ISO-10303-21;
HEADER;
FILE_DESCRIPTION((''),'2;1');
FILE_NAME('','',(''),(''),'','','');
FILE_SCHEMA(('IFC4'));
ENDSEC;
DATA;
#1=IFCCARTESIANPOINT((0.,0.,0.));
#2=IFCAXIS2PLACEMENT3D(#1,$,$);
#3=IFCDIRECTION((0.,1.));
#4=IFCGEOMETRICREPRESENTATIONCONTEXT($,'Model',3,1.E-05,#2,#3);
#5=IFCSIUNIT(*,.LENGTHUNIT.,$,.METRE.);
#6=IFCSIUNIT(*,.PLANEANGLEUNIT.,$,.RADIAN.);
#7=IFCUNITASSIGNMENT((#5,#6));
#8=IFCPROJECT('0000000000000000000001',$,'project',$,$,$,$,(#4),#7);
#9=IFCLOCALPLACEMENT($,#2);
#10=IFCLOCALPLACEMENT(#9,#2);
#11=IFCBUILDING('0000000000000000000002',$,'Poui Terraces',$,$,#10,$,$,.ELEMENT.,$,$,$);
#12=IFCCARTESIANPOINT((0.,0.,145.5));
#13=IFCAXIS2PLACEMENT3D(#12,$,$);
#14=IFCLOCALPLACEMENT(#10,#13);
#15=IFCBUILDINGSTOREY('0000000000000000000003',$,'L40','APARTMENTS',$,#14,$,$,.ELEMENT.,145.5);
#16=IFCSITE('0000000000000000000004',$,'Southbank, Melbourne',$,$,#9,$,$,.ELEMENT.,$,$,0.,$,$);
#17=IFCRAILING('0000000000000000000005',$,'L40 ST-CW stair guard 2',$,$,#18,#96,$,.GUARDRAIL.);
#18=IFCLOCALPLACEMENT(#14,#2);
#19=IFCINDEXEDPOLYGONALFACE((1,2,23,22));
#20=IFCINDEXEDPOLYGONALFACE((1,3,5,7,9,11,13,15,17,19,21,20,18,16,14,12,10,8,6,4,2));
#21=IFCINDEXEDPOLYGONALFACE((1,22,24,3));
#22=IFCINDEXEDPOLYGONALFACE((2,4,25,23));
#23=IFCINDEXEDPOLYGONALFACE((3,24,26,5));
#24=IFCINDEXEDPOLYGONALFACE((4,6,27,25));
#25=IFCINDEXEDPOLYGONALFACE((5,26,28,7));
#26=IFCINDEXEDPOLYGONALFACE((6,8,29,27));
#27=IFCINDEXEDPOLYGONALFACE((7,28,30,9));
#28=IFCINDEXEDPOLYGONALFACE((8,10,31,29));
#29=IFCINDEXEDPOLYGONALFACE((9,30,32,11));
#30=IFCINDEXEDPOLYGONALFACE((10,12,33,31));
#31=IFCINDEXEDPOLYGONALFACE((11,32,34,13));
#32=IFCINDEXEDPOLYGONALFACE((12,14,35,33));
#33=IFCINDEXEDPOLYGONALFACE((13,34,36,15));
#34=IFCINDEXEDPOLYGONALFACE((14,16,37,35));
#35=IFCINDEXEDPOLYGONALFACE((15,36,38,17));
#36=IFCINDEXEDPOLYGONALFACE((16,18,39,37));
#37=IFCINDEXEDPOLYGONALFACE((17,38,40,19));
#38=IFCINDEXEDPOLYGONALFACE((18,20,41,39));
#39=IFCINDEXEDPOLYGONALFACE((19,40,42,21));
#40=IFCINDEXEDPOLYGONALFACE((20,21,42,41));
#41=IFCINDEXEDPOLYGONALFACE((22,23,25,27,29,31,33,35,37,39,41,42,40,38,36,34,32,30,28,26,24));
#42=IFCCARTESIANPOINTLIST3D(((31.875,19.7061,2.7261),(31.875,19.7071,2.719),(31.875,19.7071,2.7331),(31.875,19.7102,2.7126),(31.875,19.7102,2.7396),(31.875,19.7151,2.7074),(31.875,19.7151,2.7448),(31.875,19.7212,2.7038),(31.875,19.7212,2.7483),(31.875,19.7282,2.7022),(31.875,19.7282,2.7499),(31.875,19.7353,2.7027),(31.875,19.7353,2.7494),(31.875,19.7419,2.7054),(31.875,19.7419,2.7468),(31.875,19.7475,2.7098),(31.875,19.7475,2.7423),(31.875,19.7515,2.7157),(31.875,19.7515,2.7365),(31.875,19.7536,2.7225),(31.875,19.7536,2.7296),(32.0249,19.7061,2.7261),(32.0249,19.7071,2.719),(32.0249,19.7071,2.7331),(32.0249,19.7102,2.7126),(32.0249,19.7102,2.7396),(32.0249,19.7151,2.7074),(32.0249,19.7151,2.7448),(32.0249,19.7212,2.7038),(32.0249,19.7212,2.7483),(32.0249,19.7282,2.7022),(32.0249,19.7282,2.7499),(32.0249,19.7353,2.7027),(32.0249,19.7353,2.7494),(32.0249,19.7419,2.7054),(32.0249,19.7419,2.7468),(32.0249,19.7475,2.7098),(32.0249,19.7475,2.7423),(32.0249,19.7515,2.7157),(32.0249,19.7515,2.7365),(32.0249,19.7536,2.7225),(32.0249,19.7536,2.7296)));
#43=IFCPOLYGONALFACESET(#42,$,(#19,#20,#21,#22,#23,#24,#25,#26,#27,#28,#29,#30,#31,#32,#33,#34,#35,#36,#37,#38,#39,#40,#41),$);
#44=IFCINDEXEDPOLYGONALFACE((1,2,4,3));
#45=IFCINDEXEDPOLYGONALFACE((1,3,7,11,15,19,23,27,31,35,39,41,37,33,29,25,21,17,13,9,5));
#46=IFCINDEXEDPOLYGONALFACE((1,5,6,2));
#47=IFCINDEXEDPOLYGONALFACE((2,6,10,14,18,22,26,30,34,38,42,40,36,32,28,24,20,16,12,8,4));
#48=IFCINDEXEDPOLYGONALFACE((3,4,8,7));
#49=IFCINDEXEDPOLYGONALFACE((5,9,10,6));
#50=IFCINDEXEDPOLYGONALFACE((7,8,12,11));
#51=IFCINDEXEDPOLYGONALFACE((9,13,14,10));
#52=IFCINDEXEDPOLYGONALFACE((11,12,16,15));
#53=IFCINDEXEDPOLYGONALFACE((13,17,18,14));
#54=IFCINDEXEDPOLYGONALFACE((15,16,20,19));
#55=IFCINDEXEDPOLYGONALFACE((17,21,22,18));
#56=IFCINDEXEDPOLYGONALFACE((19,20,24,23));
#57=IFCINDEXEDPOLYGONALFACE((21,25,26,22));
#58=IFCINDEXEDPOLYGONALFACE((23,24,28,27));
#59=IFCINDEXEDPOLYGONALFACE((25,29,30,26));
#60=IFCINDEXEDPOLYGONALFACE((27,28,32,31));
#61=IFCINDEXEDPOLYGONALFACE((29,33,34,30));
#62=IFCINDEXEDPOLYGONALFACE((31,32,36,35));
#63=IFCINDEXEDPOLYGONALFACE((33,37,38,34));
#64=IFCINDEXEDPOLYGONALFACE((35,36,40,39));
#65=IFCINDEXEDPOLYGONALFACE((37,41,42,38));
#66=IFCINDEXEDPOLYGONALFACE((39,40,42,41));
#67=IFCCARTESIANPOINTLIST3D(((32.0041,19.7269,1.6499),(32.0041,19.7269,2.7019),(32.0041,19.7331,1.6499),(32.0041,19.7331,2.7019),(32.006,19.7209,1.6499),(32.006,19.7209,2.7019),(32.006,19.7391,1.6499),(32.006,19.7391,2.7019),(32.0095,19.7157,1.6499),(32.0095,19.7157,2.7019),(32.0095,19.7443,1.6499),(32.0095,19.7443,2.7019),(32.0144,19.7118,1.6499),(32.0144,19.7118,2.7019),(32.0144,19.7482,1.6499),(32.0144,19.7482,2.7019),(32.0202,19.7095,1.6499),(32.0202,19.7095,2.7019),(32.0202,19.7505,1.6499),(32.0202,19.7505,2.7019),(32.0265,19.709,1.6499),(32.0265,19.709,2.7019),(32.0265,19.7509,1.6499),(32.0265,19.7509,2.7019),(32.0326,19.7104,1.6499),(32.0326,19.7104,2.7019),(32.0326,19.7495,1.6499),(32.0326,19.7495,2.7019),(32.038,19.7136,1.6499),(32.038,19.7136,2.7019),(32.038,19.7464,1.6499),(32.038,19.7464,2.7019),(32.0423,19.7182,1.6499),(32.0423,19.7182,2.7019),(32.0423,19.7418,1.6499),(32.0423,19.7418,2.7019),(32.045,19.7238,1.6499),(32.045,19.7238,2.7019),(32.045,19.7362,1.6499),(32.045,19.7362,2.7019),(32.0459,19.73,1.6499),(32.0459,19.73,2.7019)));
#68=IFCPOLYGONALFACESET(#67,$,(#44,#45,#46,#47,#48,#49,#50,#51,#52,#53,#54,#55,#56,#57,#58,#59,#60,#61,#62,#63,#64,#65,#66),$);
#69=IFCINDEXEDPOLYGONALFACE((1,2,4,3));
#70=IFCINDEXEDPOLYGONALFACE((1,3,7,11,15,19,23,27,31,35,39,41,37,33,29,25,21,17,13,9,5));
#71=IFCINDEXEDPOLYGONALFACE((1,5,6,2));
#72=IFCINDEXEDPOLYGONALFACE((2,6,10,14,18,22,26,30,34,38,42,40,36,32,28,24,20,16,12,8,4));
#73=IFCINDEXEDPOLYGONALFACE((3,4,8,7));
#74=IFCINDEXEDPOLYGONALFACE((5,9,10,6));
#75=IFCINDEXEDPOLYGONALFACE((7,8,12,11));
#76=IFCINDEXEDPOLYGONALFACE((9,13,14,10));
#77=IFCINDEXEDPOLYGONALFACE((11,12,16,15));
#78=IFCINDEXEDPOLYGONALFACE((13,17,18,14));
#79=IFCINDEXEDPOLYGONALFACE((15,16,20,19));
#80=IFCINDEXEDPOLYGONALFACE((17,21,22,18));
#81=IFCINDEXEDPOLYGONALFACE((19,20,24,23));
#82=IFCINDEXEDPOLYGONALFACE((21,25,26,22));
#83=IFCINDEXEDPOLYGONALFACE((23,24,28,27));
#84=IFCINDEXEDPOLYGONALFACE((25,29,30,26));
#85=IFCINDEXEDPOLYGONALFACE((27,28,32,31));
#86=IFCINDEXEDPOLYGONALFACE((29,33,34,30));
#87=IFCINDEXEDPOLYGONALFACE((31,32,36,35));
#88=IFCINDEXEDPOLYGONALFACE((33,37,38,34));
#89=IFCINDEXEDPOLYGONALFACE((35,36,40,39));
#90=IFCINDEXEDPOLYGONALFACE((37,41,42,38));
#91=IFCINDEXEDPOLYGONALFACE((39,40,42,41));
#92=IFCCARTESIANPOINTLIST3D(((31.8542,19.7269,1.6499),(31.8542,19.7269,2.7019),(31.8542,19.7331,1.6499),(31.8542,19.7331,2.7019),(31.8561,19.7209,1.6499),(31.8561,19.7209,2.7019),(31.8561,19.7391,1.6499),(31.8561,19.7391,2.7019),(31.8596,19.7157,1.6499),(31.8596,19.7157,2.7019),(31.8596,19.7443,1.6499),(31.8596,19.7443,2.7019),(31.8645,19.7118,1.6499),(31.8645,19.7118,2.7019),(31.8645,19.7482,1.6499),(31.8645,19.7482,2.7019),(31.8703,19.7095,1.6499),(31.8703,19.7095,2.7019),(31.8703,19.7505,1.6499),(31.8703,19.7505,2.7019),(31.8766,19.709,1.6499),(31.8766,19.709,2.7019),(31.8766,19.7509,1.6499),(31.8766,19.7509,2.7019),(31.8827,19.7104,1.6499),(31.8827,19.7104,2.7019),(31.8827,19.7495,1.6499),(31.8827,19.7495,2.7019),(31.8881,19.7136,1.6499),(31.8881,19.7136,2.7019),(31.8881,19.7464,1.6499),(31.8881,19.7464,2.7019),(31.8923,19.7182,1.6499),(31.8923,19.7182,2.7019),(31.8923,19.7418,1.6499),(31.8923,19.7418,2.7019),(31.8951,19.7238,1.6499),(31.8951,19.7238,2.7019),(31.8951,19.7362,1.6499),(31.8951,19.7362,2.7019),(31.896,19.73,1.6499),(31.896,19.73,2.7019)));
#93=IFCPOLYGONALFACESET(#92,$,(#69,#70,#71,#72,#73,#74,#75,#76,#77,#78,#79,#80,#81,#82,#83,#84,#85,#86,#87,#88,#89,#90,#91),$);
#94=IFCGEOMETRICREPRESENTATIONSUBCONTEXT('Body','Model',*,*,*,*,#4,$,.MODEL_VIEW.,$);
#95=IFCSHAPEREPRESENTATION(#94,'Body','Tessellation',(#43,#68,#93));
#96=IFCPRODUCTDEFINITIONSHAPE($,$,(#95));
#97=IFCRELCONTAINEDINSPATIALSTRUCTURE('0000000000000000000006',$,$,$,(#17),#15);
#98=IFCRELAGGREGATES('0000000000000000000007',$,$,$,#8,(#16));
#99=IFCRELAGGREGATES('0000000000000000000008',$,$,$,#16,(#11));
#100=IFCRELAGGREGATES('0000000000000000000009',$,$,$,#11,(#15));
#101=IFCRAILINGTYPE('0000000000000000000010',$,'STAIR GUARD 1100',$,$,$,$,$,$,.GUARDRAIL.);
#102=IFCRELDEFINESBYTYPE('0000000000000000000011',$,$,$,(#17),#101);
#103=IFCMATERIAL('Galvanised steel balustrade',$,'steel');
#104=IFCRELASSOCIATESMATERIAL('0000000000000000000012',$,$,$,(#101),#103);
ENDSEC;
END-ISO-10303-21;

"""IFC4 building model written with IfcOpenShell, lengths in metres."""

from ifc_helpers import new_model, si_unit, direction, frame, origin, origin_2d, place, context, subcontext, project, spatial, circle, extrude, material, type_object, element, save


model = new_model("IFC4")

# Units and contexts
model_context = context("Model", 3, precision=1e-05, world=origin(), true_north=direction((0.0, 1.0)))
body_context = subcontext(model_context, "Body", "Model", "MODEL_VIEW")
ifc_project = project(units=[si_unit("LENGTHUNIT", "METRE"), si_unit("PLANEANGLEUNIT", "RADIAN")], contexts=[model_context])

# Site, building, storey
site_placement = place(None, origin())
site = spatial("IfcSite", under=ifc_project, at=site_placement, Name="Southbank, Melbourne", CompositionType="ELEMENT", RefElevation=0.0)
building_placement = place(site_placement, origin())
building = spatial("IfcBuilding", under=site, at=building_placement, Name="Poui Terraces", CompositionType="ELEMENT")
storey_placement = place(building_placement, frame((0.0, 0.0, 145.5)))
storey = spatial("IfcBuildingStorey", under=building, at=storey_placement, Name="L40", Description="APARTMENTS", CompositionType="ELEMENT", Elevation=145.5)

# Railing
ifc_material_1 = material(Name="Galvanised steel balustrade", Category="steel")
railing_type_1 = type_object("IfcRailingType", Name="STAIR GUARD 1100", PredefinedType="GUARDRAIL", material=ifc_material_1)
railing_1_placement = place(storey_placement, frame((32.0249, 19.73, 1.6499)))
element("IfcRailing", 1, at=railing_1_placement, inside=storey, type_object=railing_type_1, Name="L40 ST-CW stair guard 2", PredefinedType="GUARDRAIL", context=body_context, shape_type="SweptSolid", body=[
    extrude(circle(Radius=0.0239, at=origin_2d()), frame((0.0, 0.0, 1.0762), z_axis=(-1.0, 0.0, 0.0), x_axis=(0.0, -1.0, 0.0)), (0.0, 0.0, 1.0), 0.1499),
    extrude(circle(Radius=0.021, at=origin_2d()), origin(), (0.0, 0.0, 1.0), 1.052),
    extrude(circle(Radius=0.021, at=origin_2d()), frame((-0.1499, 0.0, 0.0)), (0.0, 0.0, 1.0), 1.052),
])

save(model, "model.ifc")
